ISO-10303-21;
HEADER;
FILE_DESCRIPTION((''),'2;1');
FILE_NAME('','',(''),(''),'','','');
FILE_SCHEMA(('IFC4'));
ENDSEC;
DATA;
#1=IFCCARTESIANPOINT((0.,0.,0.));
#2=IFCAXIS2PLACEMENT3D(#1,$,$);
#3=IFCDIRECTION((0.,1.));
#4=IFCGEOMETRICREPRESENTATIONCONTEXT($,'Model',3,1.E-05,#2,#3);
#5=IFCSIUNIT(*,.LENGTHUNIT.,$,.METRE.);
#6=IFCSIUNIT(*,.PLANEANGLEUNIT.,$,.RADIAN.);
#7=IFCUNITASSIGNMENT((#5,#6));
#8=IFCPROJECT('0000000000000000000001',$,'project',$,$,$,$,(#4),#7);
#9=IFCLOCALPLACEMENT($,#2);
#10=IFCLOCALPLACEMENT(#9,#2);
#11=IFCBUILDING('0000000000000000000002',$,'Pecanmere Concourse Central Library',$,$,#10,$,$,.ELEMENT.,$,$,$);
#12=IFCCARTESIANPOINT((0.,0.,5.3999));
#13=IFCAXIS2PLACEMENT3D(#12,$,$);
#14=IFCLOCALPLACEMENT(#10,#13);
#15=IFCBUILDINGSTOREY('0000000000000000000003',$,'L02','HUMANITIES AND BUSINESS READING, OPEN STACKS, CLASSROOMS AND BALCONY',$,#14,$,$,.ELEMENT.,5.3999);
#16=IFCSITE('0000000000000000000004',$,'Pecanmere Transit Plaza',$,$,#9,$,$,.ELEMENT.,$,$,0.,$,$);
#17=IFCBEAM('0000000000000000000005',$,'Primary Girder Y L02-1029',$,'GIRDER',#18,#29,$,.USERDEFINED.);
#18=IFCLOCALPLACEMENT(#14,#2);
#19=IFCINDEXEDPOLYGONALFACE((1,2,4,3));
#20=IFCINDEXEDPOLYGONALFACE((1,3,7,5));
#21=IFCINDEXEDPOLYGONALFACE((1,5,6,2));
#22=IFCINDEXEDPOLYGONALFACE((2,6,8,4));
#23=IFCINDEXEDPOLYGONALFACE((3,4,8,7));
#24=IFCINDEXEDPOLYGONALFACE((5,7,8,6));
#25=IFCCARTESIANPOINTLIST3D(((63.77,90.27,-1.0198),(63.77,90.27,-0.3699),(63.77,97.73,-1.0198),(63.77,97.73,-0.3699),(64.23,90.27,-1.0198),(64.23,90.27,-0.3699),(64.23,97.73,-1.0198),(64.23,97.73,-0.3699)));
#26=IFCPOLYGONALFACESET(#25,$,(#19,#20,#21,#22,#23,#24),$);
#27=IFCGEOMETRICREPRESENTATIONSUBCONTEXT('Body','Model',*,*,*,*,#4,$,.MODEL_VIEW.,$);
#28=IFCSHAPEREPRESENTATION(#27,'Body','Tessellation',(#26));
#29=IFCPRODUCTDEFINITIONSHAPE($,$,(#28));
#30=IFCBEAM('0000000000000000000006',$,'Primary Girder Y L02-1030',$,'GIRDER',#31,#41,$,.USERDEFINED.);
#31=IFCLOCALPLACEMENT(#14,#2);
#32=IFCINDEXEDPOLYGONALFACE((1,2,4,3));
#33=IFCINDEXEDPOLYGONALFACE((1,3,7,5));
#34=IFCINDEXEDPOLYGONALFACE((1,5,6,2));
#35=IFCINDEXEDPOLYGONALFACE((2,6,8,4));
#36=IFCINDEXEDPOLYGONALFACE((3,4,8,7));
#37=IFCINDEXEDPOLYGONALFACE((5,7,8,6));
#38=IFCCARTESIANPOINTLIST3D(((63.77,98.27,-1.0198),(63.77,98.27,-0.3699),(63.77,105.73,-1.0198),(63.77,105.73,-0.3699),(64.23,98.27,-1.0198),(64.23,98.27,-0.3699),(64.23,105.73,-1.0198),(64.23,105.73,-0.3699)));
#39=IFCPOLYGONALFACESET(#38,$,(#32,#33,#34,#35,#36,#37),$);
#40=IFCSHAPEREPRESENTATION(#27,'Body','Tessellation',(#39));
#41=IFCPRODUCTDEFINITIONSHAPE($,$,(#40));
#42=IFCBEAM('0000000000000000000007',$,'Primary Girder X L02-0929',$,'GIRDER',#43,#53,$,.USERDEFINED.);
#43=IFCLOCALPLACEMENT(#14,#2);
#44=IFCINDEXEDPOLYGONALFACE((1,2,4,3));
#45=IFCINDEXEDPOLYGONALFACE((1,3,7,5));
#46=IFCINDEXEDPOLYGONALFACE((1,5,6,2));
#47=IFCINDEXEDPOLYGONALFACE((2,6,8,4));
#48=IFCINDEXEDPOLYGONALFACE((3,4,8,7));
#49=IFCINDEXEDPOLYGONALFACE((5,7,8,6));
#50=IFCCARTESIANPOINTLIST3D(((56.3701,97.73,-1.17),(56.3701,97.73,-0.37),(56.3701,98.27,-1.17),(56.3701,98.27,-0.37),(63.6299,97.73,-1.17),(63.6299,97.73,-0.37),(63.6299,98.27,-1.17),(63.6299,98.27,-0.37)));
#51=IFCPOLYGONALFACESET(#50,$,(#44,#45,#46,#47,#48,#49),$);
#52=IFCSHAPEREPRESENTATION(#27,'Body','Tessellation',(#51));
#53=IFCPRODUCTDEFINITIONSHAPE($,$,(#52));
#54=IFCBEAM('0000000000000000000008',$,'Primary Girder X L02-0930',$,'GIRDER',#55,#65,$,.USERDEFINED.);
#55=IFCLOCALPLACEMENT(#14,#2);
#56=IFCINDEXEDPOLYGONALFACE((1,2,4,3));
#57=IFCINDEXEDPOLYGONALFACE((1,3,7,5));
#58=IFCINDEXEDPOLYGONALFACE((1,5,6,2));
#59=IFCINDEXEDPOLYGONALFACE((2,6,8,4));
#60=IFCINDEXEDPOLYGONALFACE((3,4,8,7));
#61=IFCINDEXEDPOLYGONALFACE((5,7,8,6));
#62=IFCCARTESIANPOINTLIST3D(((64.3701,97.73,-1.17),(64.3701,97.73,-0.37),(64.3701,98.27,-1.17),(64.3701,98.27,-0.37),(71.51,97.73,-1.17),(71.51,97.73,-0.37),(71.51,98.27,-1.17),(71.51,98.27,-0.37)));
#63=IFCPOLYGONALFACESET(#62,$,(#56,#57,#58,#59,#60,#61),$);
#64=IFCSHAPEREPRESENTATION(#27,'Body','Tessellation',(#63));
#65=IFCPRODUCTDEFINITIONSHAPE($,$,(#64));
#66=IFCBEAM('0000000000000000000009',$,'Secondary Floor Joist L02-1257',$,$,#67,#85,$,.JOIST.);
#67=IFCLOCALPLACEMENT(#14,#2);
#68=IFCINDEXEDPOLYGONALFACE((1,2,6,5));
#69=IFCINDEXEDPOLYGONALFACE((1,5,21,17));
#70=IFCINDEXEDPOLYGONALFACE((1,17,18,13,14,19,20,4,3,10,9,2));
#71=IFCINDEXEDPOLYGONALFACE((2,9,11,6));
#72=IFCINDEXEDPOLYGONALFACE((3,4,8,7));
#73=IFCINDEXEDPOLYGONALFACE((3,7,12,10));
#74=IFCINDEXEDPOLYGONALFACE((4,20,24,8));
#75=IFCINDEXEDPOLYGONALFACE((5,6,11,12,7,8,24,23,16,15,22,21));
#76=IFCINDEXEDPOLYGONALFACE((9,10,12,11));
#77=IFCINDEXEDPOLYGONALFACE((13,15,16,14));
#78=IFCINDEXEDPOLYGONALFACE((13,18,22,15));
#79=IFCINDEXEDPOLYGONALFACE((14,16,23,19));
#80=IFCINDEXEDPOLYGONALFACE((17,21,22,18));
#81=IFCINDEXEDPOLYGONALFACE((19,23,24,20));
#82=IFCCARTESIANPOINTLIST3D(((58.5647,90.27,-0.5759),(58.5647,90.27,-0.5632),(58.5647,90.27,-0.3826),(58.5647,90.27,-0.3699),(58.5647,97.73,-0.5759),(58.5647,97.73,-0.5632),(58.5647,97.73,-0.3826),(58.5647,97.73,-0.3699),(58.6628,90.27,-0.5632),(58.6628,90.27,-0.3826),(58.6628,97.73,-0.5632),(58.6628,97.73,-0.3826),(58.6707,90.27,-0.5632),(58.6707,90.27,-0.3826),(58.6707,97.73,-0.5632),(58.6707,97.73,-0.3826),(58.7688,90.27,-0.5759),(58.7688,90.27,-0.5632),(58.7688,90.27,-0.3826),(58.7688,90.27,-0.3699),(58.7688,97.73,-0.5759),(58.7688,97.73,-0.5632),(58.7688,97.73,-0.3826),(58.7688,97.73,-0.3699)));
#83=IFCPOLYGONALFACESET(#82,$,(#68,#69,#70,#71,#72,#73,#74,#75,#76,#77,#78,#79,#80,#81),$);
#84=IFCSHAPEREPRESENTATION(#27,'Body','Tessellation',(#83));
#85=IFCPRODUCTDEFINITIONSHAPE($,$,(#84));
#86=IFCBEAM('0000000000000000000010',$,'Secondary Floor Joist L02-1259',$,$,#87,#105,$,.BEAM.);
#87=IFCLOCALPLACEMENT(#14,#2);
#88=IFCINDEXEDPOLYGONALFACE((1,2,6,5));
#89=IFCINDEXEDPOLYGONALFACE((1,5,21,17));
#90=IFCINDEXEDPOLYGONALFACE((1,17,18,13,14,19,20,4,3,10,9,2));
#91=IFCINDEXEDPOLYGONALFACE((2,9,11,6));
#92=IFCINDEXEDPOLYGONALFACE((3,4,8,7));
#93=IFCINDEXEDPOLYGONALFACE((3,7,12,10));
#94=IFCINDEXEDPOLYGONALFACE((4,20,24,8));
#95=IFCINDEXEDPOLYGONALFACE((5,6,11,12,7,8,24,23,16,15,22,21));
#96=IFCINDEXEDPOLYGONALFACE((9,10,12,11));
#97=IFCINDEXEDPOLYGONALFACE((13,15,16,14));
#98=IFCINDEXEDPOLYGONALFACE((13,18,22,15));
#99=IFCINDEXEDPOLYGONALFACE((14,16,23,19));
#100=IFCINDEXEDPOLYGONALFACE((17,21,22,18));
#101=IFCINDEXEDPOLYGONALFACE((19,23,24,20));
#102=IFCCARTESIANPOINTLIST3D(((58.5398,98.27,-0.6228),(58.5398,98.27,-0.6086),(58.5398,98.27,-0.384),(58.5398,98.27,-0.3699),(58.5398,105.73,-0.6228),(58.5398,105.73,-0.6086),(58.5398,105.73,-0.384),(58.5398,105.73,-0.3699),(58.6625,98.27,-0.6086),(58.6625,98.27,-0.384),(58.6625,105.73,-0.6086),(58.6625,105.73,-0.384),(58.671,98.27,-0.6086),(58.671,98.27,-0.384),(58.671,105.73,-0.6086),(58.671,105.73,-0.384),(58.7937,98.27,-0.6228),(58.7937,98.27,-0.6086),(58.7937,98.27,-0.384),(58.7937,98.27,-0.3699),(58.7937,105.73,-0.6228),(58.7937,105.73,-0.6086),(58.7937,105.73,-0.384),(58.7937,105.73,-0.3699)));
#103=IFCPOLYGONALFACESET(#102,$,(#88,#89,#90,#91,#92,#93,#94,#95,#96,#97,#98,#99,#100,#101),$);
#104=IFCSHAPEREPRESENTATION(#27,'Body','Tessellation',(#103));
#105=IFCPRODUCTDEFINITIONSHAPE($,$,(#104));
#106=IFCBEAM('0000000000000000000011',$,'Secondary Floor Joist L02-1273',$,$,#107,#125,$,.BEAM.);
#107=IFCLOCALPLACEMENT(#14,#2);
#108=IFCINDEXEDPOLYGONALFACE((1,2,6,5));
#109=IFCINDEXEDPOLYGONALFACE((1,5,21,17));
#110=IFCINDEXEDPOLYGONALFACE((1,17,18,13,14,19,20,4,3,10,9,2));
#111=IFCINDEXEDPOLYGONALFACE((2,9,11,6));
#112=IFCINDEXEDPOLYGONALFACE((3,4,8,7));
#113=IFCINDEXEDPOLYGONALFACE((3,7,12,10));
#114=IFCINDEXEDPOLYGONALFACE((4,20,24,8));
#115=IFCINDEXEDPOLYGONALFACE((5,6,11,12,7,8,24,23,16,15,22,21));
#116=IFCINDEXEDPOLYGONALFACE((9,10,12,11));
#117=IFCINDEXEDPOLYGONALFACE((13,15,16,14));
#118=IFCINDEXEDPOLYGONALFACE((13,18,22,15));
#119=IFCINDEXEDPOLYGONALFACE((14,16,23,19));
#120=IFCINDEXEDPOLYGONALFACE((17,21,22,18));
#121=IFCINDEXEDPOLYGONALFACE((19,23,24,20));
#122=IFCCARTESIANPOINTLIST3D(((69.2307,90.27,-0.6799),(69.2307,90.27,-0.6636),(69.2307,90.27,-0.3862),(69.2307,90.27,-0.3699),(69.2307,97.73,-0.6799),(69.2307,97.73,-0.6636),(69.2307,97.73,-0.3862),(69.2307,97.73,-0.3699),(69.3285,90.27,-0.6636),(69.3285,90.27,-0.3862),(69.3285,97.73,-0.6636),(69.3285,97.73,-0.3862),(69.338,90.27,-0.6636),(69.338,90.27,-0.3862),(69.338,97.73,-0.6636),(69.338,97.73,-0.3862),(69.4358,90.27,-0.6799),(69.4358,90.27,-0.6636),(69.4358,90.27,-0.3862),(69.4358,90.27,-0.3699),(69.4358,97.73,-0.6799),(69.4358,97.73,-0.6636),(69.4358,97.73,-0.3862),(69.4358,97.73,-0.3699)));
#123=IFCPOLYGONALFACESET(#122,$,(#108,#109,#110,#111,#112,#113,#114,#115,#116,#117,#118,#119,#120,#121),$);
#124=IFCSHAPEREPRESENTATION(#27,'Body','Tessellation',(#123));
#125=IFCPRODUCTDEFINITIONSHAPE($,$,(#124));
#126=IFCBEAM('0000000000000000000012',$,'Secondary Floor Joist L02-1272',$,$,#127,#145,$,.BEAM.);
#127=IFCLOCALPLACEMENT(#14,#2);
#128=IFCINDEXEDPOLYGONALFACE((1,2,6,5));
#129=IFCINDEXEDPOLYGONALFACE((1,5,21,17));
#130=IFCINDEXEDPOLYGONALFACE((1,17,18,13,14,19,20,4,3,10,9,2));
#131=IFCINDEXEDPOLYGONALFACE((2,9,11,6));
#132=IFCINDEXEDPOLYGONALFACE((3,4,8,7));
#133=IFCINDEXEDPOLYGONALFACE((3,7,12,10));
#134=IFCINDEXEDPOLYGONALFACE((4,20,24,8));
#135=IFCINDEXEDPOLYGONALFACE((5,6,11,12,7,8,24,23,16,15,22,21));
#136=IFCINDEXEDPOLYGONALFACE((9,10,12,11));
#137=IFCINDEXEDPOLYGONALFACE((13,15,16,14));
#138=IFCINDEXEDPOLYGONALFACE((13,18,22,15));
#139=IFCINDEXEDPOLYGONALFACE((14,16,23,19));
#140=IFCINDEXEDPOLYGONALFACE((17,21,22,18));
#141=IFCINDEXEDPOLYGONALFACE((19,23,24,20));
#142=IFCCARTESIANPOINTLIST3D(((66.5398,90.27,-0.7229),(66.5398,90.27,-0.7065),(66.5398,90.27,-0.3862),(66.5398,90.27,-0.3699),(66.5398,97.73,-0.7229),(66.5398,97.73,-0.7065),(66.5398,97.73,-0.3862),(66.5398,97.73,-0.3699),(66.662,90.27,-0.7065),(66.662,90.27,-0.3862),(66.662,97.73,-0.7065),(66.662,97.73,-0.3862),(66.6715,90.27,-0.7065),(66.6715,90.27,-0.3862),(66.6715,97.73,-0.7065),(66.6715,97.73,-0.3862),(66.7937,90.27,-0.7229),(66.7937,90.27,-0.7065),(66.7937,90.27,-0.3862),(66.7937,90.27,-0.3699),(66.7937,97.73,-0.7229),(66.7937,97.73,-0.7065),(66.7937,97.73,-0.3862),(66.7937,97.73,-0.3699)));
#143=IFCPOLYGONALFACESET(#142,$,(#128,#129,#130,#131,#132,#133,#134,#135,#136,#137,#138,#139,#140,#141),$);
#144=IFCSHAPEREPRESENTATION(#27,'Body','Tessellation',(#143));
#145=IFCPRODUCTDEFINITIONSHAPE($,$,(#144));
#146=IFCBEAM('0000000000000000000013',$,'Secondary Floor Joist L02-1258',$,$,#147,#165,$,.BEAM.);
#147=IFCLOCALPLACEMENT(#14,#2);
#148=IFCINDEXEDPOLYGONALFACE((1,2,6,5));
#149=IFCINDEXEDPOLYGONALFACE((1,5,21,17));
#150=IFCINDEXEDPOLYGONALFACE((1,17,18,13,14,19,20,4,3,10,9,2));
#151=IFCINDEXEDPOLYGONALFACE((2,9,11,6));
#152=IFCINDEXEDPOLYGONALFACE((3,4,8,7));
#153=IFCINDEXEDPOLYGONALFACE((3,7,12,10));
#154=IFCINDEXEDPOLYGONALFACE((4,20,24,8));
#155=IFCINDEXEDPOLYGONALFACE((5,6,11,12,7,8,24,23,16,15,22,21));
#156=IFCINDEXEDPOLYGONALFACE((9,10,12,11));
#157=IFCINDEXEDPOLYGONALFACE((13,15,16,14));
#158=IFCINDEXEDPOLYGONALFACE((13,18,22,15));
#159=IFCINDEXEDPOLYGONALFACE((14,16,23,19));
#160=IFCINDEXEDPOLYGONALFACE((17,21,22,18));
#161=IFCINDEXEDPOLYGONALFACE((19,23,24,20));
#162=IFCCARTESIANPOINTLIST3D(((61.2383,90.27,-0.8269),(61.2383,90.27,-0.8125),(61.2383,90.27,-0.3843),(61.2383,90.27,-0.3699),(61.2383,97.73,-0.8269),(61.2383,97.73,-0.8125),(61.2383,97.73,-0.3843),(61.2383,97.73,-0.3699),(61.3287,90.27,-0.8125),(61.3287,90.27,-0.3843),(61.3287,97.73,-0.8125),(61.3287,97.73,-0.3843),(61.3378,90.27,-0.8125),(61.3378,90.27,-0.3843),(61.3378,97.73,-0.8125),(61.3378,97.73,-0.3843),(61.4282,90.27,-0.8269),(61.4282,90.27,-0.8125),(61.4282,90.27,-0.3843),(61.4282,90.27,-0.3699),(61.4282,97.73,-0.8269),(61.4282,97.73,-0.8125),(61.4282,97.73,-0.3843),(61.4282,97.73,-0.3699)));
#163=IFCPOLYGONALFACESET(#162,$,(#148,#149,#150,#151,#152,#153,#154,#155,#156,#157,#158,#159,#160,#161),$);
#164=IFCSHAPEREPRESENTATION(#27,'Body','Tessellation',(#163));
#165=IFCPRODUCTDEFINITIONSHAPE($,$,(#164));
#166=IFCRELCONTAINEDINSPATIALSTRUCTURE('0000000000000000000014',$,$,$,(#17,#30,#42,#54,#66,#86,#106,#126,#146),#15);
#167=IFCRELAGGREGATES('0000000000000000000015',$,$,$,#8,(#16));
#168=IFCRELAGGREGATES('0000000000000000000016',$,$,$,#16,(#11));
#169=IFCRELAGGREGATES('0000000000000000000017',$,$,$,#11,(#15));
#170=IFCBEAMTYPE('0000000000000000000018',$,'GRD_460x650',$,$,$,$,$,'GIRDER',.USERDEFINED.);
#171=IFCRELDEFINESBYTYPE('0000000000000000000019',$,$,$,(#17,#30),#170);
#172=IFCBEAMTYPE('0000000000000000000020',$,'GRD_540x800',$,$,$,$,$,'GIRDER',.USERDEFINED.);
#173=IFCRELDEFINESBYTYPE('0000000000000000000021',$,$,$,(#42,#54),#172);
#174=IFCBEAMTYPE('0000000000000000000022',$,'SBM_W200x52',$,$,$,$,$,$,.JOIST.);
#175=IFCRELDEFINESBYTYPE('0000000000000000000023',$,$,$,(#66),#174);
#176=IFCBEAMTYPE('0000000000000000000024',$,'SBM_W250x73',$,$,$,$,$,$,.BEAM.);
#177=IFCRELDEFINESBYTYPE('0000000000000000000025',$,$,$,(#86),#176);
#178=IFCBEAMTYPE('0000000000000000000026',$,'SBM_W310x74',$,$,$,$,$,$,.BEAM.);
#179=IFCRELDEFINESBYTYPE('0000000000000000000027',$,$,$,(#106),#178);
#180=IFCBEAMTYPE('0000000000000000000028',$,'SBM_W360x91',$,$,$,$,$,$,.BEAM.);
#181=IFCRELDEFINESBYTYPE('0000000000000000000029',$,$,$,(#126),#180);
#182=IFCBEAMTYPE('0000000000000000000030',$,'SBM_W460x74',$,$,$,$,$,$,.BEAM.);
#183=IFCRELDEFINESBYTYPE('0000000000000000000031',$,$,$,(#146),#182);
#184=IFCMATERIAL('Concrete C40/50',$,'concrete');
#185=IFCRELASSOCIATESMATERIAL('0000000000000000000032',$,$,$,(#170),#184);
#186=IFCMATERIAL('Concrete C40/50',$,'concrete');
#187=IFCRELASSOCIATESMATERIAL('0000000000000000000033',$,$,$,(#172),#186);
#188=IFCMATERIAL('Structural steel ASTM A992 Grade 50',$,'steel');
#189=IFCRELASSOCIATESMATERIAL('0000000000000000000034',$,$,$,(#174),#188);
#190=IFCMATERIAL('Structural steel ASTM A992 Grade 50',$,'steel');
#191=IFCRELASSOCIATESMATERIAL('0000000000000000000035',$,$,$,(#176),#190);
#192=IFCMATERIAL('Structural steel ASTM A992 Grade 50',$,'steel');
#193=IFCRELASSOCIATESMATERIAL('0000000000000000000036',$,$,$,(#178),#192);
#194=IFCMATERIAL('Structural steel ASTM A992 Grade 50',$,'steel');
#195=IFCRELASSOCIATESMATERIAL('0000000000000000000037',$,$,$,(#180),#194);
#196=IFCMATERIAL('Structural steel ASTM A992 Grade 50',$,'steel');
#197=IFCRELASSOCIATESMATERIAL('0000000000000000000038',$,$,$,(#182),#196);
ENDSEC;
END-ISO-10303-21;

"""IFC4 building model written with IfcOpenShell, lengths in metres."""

from ifc_helpers import new_model, si_unit, direction, frame, origin, origin_2d, place, context, subcontext, project, spatial, rectangle, i_section, extrude, material, material_profile, profile_set, type_object, element, save


model = new_model("IFC4")

# Units and contexts
model_context = context("Model", 3, precision=1e-05, world=origin(), true_north=direction((0.0, 1.0)))
body_context = subcontext(model_context, "Body", "Model", "MODEL_VIEW")
ifc_project = project(units=[si_unit("LENGTHUNIT", "METRE"), si_unit("PLANEANGLEUNIT", "RADIAN")], contexts=[model_context])

# Site, building, storey
site_placement = place(None, origin())
site = spatial("IfcSite", under=ifc_project, at=site_placement, Name="Pecanmere Transit Plaza", CompositionType="ELEMENT", RefElevation=0.0)
building_placement = place(site_placement, origin())
building = spatial("IfcBuilding", under=site, at=building_placement, Name="Pecanmere Concourse Central Library", CompositionType="ELEMENT")
storey_placement = place(building_placement, frame((0.0, 0.0, 5.3999)))
storey = spatial("IfcBuildingStorey", under=building, at=storey_placement, Name="L02", Description="HUMANITIES AND BUSINESS READING, OPEN STACKS, CLASSROOMS AND BALCONY", CompositionType="ELEMENT", Elevation=5.3999)

# Beams
ifc_material_1 = material(Name="Concrete C40/50", Category="concrete")
ifc_material_profile_1 = material_profile(ifc_material_1, rectangle(XDim=0.46, YDim=0.6499, at=origin_2d()), Name="RC 460x650")
ifc_profile_set_1 = profile_set([ifc_material_profile_1], Name="Concrete C40/50")
beam_type_1 = type_object("IfcBeamType", Name="GRD_460x650", ElementType="GIRDER", PredefinedType="USERDEFINED", material=ifc_profile_set_1)
for number, where, z_axis, x_axis, name in (
    (1, (64.0, 90.27, -0.6948), (0.0, 1.0, 0.0), (-1.0, 0.0, 0.0), "Primary Girder Y L02-1029"),
    (2, (64.0, 98.27, -0.6948), (0.0, 1.0, 0.0), (-1.0, 0.0, 0.0), "Primary Girder Y L02-1030"),
):
    element("IfcBeam", number, at=place(storey_placement, frame(where, z_axis=z_axis, x_axis=x_axis)), inside=storey, type_object=beam_type_1, Name=name, ObjectType="GIRDER", PredefinedType="USERDEFINED", context=body_context, shape_type="SweptSolid", body=[
        extrude(rectangle(XDim=0.46, YDim=0.6499, at=origin_2d()), origin(), (0.0, 0.0, 1.0), 7.46),
    ])
ifc_material_2 = material(Name="Concrete C40/50", Category="concrete")
ifc_material_profile_2 = material_profile(ifc_material_2, rectangle(XDim=0.54, YDim=0.8, at=origin_2d()), Name="RC 540x800")
ifc_profile_set_2 = profile_set([ifc_material_profile_2], Name="Concrete C40/50")
beam_type_2 = type_object("IfcBeamType", Name="GRD_540x800", ElementType="GIRDER", PredefinedType="USERDEFINED", material=ifc_profile_set_2)
beam_1_placement = place(storey_placement, frame((56.3701, 98.0, -0.77), z_axis=(1.0, 0.0, 0.0), x_axis=(0.0, 1.0, 0.0)))
element("IfcBeam", 3, at=beam_1_placement, inside=storey, type_object=beam_type_2, Name="Primary Girder X L02-0929", ObjectType="GIRDER", PredefinedType="USERDEFINED", context=body_context, shape_type="SweptSolid", body=[
    extrude(rectangle(XDim=0.54, YDim=0.8, at=origin_2d()), origin(), (0.0, 0.0, 1.0), 7.2598),
])
beam_2_placement = place(storey_placement, frame((64.3701, 98.0, -0.77), z_axis=(1.0, 0.0, 0.0), x_axis=(0.0, 1.0, 0.0)))
element("IfcBeam", 4, at=beam_2_placement, inside=storey, type_object=beam_type_2, Name="Primary Girder X L02-0930", ObjectType="GIRDER", PredefinedType="USERDEFINED", context=body_context, shape_type="SweptSolid", body=[
    extrude(rectangle(XDim=0.54, YDim=0.8, at=origin_2d()), origin(), (0.0, 0.0, 1.0), 7.1399),
])
ifc_material_3 = material(Name="Structural steel ASTM A992 Grade 50", Category="steel")
ifc_material_profile_3 = material_profile(ifc_material_3, i_section(OverallWidth=0.2041, OverallDepth=0.2061, WebThickness=0.0078, FlangeThickness=0.0127, at=origin_2d()), Name="W200x52")
ifc_profile_set_3 = profile_set([ifc_material_profile_3], Name="Structural steel ASTM A992 Grade 50")
beam_type_3 = type_object("IfcBeamType", Name="SBM_W200x52", PredefinedType="JOIST", material=ifc_profile_set_3)
beam_3_placement = place(storey_placement, frame((58.6667, 90.27, -0.4729), z_axis=(0.0, 1.0, 0.0), x_axis=(-1.0, 0.0, 0.0)))
element("IfcBeam", 5, at=beam_3_placement, inside=storey, type_object=beam_type_3, Name="Secondary Floor Joist L02-1257", PredefinedType="JOIST", context=body_context, shape_type="SweptSolid", body=[
    extrude(i_section(OverallWidth=0.2041, OverallDepth=0.2061, WebThickness=0.0078, FlangeThickness=0.0127, at=origin_2d()), origin(), (0.0, 0.0, 1.0), 7.46),
])
ifc_material_4 = material(Name="Structural steel ASTM A992 Grade 50", Category="steel")
ifc_material_profile_4 = material_profile(ifc_material_4, i_section(OverallWidth=0.2539, OverallDepth=0.2529, WebThickness=0.0085, FlangeThickness=0.0142, at=origin_2d()), Name="W250x73")
ifc_profile_set_4 = profile_set([ifc_material_profile_4], Name="Structural steel ASTM A992 Grade 50")
beam_type_4 = type_object("IfcBeamType", Name="SBM_W250x73", PredefinedType="BEAM", material=ifc_profile_set_4)
beam_4_placement = place(storey_placement, frame((58.6667, 98.27, -0.4963), z_axis=(0.0, 1.0, 0.0), x_axis=(-1.0, 0.0, 0.0)))
element("IfcBeam", 6, at=beam_4_placement, inside=storey, type_object=beam_type_4, Name="Secondary Floor Joist L02-1259", PredefinedType="BEAM", context=body_context, shape_type="SweptSolid", body=[
    extrude(i_section(OverallWidth=0.2539, OverallDepth=0.2529, WebThickness=0.0085, FlangeThickness=0.0142, at=origin_2d()), origin(), (0.0, 0.0, 1.0), 7.46),
])
ifc_material_5 = material(Name="Structural steel ASTM A992 Grade 50", Category="steel")
ifc_material_profile_5 = material_profile(ifc_material_5, i_section(OverallWidth=0.2051, OverallDepth=0.3101, WebThickness=0.0095, FlangeThickness=0.0164, at=origin_2d()), Name="W310x74")
ifc_profile_set_5 = profile_set([ifc_material_profile_5], Name="Structural steel ASTM A992 Grade 50")
beam_type_5 = type_object("IfcBeamType", Name="SBM_W310x74", PredefinedType="BEAM", material=ifc_profile_set_5)
beam_5_placement = place(storey_placement, frame((69.3333, 90.27, -0.5249), z_axis=(0.0, 1.0, 0.0), x_axis=(-1.0, 0.0, 0.0)))
element("IfcBeam", 7, at=beam_5_placement, inside=storey, type_object=beam_type_5, Name="Secondary Floor Joist L02-1273", PredefinedType="BEAM", context=body_context, shape_type="SweptSolid", body=[
    extrude(i_section(OverallWidth=0.2051, OverallDepth=0.3101, WebThickness=0.0095, FlangeThickness=0.0164, at=origin_2d()), origin(), (0.0, 0.0, 1.0), 7.46),
])
ifc_material_6 = material(Name="Structural steel ASTM A992 Grade 50", Category="steel")
ifc_material_profile_6 = material_profile(ifc_material_6, i_section(OverallWidth=0.2539, OverallDepth=0.353, WebThickness=0.0095, FlangeThickness=0.0164, at=origin_2d()), Name="W360x91")
ifc_profile_set_6 = profile_set([ifc_material_profile_6], Name="Structural steel ASTM A992 Grade 50")
beam_type_6 = type_object("IfcBeamType", Name="SBM_W360x91", PredefinedType="BEAM", material=ifc_profile_set_6)
beam_6_placement = place(storey_placement, frame((66.6667, 90.27, -0.5464), z_axis=(0.0, 1.0, 0.0), x_axis=(-1.0, 0.0, 0.0)))
element("IfcBeam", 8, at=beam_6_placement, inside=storey, type_object=beam_type_6, Name="Secondary Floor Joist L02-1272", PredefinedType="BEAM", context=body_context, shape_type="SweptSolid", body=[
    extrude(i_section(OverallWidth=0.2539, OverallDepth=0.353, WebThickness=0.0095, FlangeThickness=0.0164, at=origin_2d()), origin(), (0.0, 0.0, 1.0), 7.46),
])
ifc_material_7 = material(Name="Structural steel ASTM A992 Grade 50", Category="steel")
ifc_material_profile_7 = material_profile(ifc_material_7, i_section(OverallWidth=0.1899, OverallDepth=0.457, WebThickness=0.009, FlangeThickness=0.0144, at=origin_2d()), Name="W460x74")
ifc_profile_set_7 = profile_set([ifc_material_profile_7], Name="Structural steel ASTM A992 Grade 50")
beam_type_7 = type_object("IfcBeamType", Name="SBM_W460x74", PredefinedType="BEAM", material=ifc_profile_set_7)
beam_7_placement = place(storey_placement, frame((61.3333, 90.27, -0.5984), z_axis=(0.0, 1.0, 0.0), x_axis=(-1.0, 0.0, 0.0)))
element("IfcBeam", 9, at=beam_7_placement, inside=storey, type_object=beam_type_7, Name="Secondary Floor Joist L02-1258", PredefinedType="BEAM", context=body_context, shape_type="SweptSolid", body=[
    extrude(i_section(OverallWidth=0.1899, OverallDepth=0.457, WebThickness=0.009, FlangeThickness=0.0144, at=origin_2d()), origin(), (0.0, 0.0, 1.0), 7.46),
])

save(model, "model.ifc")
